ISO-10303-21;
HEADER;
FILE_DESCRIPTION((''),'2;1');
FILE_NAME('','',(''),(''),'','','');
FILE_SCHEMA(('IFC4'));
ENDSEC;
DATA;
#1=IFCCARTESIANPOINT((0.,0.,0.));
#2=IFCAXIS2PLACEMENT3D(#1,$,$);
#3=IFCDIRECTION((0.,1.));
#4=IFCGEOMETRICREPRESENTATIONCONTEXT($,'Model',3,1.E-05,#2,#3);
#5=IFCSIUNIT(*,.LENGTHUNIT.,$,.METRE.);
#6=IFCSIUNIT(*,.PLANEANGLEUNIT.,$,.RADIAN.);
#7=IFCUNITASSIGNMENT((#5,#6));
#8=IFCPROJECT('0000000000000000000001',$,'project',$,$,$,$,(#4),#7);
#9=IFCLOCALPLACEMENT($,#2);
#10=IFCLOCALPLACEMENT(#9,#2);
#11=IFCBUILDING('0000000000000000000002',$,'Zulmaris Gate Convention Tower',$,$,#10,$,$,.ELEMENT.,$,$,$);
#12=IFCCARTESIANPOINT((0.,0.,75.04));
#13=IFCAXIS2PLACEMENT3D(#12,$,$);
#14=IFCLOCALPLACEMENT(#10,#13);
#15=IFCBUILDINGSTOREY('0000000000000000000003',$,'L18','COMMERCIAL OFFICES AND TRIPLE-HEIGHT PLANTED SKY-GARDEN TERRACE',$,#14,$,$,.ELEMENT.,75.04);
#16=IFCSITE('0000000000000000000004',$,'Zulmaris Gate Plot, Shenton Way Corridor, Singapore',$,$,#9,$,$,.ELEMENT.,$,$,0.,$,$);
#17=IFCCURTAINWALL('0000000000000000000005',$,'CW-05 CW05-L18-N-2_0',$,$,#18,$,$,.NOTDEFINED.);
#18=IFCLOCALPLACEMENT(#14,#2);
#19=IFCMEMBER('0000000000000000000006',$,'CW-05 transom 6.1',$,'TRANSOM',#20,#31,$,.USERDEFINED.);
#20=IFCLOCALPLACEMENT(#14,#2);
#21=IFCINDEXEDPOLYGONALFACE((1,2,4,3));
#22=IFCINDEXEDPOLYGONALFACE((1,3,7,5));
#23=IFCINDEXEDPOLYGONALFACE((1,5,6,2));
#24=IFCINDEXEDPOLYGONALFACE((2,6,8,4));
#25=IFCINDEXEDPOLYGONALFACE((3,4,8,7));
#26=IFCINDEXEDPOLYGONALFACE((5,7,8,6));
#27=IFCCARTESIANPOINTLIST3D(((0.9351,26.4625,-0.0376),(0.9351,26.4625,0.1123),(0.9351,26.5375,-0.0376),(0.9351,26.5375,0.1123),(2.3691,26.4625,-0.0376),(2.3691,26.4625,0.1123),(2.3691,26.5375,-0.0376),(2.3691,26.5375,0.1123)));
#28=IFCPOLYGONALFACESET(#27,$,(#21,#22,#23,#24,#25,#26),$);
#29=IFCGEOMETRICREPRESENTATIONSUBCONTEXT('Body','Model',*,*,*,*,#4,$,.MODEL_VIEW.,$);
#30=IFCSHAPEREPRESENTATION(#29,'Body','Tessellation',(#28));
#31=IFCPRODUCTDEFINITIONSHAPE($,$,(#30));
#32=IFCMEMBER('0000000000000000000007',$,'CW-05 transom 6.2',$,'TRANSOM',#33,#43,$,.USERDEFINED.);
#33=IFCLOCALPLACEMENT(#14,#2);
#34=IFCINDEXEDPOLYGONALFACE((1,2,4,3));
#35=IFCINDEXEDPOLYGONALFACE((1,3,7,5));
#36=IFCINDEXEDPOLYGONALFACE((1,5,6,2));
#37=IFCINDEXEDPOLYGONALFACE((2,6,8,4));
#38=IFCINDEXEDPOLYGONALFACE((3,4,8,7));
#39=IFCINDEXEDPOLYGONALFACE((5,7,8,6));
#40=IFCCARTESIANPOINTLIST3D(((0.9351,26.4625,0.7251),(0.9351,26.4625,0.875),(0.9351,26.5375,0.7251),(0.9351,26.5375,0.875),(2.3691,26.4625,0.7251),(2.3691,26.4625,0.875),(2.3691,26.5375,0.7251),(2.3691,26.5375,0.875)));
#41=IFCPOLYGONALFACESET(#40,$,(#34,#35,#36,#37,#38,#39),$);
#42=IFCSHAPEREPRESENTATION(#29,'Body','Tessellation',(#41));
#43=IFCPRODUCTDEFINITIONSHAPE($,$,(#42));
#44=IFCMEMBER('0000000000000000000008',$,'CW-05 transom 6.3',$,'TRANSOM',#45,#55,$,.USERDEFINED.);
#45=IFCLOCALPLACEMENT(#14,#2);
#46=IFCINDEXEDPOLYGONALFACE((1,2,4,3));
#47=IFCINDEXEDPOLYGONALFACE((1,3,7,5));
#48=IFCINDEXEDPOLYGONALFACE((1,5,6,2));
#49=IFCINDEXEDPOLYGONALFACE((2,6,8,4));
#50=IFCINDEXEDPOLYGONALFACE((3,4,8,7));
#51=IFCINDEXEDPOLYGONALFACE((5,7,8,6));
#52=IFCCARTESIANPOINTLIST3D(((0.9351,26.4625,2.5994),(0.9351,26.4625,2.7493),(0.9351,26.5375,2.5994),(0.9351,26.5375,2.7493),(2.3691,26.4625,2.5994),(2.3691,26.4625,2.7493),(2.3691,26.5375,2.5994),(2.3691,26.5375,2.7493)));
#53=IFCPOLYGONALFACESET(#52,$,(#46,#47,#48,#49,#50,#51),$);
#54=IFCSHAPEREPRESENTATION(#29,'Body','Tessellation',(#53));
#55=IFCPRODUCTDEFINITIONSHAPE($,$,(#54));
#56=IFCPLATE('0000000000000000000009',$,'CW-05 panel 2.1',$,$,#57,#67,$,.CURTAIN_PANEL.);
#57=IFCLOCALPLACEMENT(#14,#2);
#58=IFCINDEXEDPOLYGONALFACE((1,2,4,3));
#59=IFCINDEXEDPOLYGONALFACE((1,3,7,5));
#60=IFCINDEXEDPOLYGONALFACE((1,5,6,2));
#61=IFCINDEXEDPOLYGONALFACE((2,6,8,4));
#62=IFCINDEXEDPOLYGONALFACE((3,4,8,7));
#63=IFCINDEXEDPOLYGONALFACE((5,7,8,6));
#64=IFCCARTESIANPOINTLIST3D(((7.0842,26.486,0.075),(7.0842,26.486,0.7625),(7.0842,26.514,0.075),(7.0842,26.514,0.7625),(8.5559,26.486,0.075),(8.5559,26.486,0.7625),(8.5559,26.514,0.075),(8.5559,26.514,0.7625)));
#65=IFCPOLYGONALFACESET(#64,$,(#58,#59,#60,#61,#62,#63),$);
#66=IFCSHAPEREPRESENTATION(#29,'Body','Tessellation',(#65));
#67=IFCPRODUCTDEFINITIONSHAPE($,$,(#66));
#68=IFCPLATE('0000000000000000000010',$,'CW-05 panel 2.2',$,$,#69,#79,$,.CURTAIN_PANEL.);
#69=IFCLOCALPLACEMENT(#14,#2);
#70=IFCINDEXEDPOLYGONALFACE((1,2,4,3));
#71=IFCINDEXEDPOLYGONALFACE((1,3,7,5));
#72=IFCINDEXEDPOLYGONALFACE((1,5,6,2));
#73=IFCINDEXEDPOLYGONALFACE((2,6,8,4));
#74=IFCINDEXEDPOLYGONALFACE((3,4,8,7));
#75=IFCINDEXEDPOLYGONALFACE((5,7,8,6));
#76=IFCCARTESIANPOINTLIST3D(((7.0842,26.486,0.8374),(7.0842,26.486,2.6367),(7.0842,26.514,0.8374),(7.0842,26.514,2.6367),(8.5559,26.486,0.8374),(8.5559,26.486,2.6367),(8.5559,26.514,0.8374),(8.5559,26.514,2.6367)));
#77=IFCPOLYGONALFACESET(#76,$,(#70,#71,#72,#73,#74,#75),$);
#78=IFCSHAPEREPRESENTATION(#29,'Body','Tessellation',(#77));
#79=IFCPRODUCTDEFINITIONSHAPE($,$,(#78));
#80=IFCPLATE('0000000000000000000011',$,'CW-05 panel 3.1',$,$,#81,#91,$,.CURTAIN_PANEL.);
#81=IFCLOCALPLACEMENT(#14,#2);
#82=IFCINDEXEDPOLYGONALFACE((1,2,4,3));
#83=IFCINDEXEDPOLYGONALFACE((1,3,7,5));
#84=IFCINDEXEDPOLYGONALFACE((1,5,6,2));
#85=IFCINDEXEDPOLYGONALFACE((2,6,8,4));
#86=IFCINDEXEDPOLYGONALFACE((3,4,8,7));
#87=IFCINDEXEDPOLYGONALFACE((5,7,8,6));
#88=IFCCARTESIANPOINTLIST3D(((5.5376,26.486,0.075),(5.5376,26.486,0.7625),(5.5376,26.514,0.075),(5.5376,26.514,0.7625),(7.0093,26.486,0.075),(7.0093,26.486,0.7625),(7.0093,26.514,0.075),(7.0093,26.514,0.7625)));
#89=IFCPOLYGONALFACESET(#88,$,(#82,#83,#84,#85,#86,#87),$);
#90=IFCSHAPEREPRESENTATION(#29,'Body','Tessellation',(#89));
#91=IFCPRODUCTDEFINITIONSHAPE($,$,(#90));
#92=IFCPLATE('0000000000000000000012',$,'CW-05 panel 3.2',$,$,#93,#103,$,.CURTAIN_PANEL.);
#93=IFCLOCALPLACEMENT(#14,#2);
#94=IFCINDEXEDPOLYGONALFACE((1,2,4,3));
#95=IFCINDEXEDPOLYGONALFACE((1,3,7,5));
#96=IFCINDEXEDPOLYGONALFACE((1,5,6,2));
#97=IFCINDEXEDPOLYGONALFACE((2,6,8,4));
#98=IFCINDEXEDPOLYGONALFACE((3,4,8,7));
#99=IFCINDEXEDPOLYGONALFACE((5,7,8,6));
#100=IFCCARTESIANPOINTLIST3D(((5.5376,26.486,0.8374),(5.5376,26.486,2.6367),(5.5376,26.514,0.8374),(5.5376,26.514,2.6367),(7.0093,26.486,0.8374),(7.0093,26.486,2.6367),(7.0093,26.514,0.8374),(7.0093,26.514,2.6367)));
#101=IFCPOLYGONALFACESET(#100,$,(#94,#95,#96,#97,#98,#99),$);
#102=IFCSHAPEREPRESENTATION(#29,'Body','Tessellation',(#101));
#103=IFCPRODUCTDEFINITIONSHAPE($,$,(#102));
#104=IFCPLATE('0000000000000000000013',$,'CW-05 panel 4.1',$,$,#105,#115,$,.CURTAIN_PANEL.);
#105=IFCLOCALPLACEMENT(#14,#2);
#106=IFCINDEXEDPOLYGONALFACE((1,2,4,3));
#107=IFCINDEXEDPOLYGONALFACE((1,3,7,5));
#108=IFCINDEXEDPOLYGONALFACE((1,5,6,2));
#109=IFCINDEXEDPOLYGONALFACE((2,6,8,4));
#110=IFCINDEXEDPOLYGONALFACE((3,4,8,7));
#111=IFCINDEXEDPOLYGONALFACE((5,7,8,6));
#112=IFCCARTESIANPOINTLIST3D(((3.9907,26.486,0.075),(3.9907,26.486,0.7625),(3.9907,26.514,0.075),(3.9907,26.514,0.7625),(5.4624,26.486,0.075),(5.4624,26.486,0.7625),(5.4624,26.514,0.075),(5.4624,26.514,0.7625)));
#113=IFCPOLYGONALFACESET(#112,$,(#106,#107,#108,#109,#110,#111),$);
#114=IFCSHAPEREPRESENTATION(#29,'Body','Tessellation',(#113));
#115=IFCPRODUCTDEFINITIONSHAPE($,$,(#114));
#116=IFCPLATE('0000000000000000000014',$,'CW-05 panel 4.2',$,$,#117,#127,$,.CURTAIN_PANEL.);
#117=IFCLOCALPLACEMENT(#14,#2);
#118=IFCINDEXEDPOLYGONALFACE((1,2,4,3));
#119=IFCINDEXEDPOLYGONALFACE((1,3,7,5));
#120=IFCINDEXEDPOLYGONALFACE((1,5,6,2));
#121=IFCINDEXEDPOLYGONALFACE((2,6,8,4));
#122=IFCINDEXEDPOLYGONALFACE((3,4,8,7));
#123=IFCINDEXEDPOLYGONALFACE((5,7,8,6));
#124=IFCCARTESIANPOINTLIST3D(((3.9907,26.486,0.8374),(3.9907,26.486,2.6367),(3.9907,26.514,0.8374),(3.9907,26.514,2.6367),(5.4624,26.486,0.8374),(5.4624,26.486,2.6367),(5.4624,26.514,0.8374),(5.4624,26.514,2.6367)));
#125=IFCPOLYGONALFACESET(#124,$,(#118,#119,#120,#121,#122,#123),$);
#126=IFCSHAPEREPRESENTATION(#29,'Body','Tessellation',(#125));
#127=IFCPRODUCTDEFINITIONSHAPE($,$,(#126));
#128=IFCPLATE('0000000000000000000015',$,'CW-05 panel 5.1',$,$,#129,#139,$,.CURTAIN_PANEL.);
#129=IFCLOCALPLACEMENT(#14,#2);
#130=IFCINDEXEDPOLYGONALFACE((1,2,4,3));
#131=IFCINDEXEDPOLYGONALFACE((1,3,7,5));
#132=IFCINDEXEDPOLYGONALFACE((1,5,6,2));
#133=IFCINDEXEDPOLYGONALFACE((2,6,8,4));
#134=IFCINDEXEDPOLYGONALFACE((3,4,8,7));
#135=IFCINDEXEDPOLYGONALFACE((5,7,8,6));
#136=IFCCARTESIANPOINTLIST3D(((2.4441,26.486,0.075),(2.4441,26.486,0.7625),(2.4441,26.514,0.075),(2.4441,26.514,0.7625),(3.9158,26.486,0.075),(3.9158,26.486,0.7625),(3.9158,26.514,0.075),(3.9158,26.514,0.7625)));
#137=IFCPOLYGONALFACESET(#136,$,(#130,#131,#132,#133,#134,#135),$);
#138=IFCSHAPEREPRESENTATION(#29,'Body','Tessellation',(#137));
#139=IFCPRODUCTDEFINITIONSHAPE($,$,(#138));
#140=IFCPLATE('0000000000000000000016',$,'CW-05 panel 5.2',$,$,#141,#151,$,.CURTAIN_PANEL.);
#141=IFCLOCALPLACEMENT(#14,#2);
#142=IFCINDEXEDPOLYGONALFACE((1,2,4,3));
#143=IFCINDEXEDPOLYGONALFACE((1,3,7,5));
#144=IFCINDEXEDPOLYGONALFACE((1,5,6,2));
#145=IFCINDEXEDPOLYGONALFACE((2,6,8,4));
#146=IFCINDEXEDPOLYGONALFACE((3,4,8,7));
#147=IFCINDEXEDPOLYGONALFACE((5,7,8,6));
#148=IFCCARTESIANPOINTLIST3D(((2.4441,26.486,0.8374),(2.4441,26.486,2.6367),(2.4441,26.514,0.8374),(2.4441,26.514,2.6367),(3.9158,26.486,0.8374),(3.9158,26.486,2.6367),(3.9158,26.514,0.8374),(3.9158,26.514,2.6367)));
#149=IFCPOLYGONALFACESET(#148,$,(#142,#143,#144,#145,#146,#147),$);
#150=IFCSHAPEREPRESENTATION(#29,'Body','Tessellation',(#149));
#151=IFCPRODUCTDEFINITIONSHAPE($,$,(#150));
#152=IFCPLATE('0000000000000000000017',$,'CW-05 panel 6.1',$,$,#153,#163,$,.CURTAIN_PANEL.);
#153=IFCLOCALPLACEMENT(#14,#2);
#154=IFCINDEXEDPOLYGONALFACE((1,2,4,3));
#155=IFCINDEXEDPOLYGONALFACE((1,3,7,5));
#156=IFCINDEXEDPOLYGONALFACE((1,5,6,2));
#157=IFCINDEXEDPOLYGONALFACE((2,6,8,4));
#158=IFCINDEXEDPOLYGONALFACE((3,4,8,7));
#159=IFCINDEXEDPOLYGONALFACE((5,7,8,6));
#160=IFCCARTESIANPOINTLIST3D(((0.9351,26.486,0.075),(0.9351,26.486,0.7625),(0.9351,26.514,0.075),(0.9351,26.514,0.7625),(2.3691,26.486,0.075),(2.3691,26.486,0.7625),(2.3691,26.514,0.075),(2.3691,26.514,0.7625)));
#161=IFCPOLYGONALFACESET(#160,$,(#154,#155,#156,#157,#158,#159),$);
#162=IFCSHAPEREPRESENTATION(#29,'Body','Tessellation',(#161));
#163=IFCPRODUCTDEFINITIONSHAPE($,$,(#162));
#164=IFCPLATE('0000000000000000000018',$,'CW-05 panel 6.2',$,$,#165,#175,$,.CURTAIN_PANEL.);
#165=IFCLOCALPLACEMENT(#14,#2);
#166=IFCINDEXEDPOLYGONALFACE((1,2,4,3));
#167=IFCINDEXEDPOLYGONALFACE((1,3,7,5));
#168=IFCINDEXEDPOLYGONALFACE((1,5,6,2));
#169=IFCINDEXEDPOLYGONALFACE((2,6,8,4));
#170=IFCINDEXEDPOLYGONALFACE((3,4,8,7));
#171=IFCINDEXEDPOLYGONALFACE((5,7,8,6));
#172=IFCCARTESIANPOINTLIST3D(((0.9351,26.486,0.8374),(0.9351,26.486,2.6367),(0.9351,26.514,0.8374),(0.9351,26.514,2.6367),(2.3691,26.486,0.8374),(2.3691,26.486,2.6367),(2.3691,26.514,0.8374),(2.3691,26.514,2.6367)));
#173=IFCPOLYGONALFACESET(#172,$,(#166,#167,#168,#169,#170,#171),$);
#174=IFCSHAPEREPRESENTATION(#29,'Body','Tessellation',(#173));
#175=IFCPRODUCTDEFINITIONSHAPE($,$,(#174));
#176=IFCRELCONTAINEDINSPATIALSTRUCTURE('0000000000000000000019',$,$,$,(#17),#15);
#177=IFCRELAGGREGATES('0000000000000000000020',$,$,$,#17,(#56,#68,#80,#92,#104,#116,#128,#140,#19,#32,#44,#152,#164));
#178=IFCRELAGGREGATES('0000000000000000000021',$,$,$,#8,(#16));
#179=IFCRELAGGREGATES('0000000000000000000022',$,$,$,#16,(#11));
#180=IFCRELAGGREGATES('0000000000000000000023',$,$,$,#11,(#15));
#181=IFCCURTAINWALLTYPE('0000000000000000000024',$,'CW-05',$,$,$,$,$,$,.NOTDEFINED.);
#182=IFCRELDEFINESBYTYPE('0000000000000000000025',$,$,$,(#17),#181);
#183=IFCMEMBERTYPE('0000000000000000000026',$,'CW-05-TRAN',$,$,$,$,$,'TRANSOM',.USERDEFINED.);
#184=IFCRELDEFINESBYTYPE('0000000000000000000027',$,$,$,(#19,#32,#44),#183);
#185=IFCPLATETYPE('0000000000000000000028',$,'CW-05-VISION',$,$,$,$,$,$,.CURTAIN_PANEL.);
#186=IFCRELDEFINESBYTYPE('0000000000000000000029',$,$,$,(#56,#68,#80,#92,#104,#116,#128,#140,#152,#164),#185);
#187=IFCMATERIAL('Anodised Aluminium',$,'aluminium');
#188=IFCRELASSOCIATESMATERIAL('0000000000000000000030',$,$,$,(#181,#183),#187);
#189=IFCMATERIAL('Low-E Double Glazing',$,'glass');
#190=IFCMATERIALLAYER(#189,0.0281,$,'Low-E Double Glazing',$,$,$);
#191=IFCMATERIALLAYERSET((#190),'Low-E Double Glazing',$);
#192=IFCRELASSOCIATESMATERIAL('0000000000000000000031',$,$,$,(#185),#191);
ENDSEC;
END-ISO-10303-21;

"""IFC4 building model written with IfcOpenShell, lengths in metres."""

from ifc_helpers import new_model, si_unit, direction, frame, origin, origin_2d, place, context, subcontext, project, spatial, rectangle, extrude, material, layer, layer_set, material_profile, profile_set, type_object, element, aggregate, save


model = new_model("IFC4")

# Units and contexts
model_context = context("Model", 3, precision=1e-05, world=origin(), true_north=direction((0.0, 1.0)))
body_context = subcontext(model_context, "Body", "Model", "MODEL_VIEW")
ifc_project = project(units=[si_unit("LENGTHUNIT", "METRE"), si_unit("PLANEANGLEUNIT", "RADIAN")], contexts=[model_context])

# Site, building, storey
site_placement = place(None, origin())
site = spatial("IfcSite", under=ifc_project, at=site_placement, Name="Zulmaris Gate Plot, Shenton Way Corridor, Singapore", CompositionType="ELEMENT", RefElevation=0.0)
building_placement = place(site_placement, origin())
building = spatial("IfcBuilding", under=site, at=building_placement, Name="Zulmaris Gate Convention Tower", CompositionType="ELEMENT")
storey_placement = place(building_placement, frame((0.0, 0.0, 75.04)))
storey = spatial("IfcBuildingStorey", under=building, at=storey_placement, Name="L18", Description="COMMERCIAL OFFICES AND TRIPLE-HEIGHT PLANTED SKY-GARDEN TERRACE", CompositionType="ELEMENT", Elevation=75.04)

# Curtain wall, members, plates
ifc_material_1 = material(Name="Anodised Aluminium", Category="aluminium")
curtain_wall_type = type_object("IfcCurtainWallType", Name="CW-05", PredefinedType="NOTDEFINED", material=ifc_material_1)
curtain_wall_placement = place(storey_placement, origin())
curtain_wall = element("IfcCurtainWall", 1, at=curtain_wall_placement, inside=storey, type_object=curtain_wall_type, Name="CW-05 CW05-L18-N-2_0", PredefinedType="NOTDEFINED")
ifc_material_profile_1 = material_profile(ifc_material_1, rectangle(XDim=0.075, YDim=0.1499, at=origin_2d()), Name="ALU TRANSOM 75x150")
ifc_profile_set_1 = profile_set([ifc_material_profile_1], Name="Anodised Aluminium")
member_type_1 = type_object("IfcMemberType", Name="CW-05-TRAN", ElementType="TRANSOM", PredefinedType="USERDEFINED", material=ifc_profile_set_1)
member_1_placement = place(storey_placement, frame((2.3691, 26.5, 0.0374), z_axis=(-1.0, 0.0, 0.0), x_axis=(0.0, -1.0, 0.0)))
member_1 = element("IfcMember", 2, at=member_1_placement, type_object=member_type_1, Name="CW-05 transom 6.1", ObjectType="TRANSOM", PredefinedType="USERDEFINED", context=body_context, shape_type="SweptSolid", body=[
    extrude(rectangle(XDim=0.075, YDim=0.1499, at=origin_2d()), origin(), (0.0, 0.0, 1.0), 1.4341),
])
member_2_placement = place(storey_placement, frame((2.3691, 26.5, 0.8), z_axis=(-1.0, 0.0, 0.0), x_axis=(0.0, -1.0, 0.0)))
member_2 = element("IfcMember", 3, at=member_2_placement, type_object=member_type_1, Name="CW-05 transom 6.2", ObjectType="TRANSOM", PredefinedType="USERDEFINED", context=body_context, shape_type="SweptSolid", body=[
    extrude(rectangle(XDim=0.075, YDim=0.1499, at=origin_2d()), origin(), (0.0, 0.0, 1.0), 1.4341),
])
member_3_placement = place(storey_placement, frame((2.3691, 26.5, 2.6743), z_axis=(-1.0, 0.0, 0.0), x_axis=(0.0, -1.0, 0.0)))
member_3 = element("IfcMember", 4, at=member_3_placement, type_object=member_type_1, Name="CW-05 transom 6.3", ObjectType="TRANSOM", PredefinedType="USERDEFINED", context=body_context, shape_type="SweptSolid", body=[
    extrude(rectangle(XDim=0.075, YDim=0.1499, at=origin_2d()), origin(), (0.0, 0.0, 1.0), 1.4341),
])
ifc_material_2 = material(Name="Low-E Double Glazing", Category="glass")
ifc_layer = layer(ifc_material_2, 0.0281, Name="Low-E Double Glazing")
ifc_layer_set = layer_set([ifc_layer], Name="Low-E Double Glazing")
plate_type = type_object("IfcPlateType", Name="CW-05-VISION", PredefinedType="CURTAIN_PANEL", material=ifc_layer_set)
plate_1_placement = place(storey_placement, frame((7.8201, 26.5, 0.075), z_axis=(0.0, 0.0, 1.0), x_axis=(-1.0, 0.0, 0.0)))
plate_1 = element("IfcPlate", 5, at=plate_1_placement, type_object=plate_type, Name="CW-05 panel 2.1", PredefinedType="CURTAIN_PANEL", context=body_context, shape_type="SweptSolid", body=[
    extrude(rectangle(XDim=1.4717, YDim=0.0281, at=origin_2d()), origin(), (0.0, 0.0, 1.0), 0.6875),
])
plate_2_placement = place(storey_placement, frame((7.8201, 26.5, 0.8374), z_axis=(0.0, 0.0, 1.0), x_axis=(-1.0, 0.0, 0.0)))
plate_2 = element("IfcPlate", 6, at=plate_2_placement, type_object=plate_type, Name="CW-05 panel 2.2", PredefinedType="CURTAIN_PANEL", context=body_context, shape_type="SweptSolid", body=[
    extrude(rectangle(XDim=1.4717, YDim=0.0281, at=origin_2d()), origin(), (0.0, 0.0, 1.0), 1.7993),
])
plate_3_placement = place(storey_placement, frame((6.2734, 26.5, 0.075), z_axis=(0.0, 0.0, 1.0), x_axis=(-1.0, 0.0, 0.0)))
plate_3 = element("IfcPlate", 7, at=plate_3_placement, type_object=plate_type, Name="CW-05 panel 3.1", PredefinedType="CURTAIN_PANEL", context=body_context, shape_type="SweptSolid", body=[
    extrude(rectangle(XDim=1.4717, YDim=0.0281, at=origin_2d()), origin(), (0.0, 0.0, 1.0), 0.6875),
])
plate_4_placement = place(storey_placement, frame((6.2734, 26.5, 0.8374), z_axis=(0.0, 0.0, 1.0), x_axis=(-1.0, 0.0, 0.0)))
plate_4 = element("IfcPlate", 8, at=plate_4_placement, type_object=plate_type, Name="CW-05 panel 3.2", PredefinedType="CURTAIN_PANEL", context=body_context, shape_type="SweptSolid", body=[
    extrude(rectangle(XDim=1.4717, YDim=0.0281, at=origin_2d()), origin(), (0.0, 0.0, 1.0), 1.7993),
])
plate_5_placement = place(storey_placement, frame((4.7266, 26.5, 0.075), z_axis=(0.0, 0.0, 1.0), x_axis=(-1.0, 0.0, 0.0)))
plate_5 = element("IfcPlate", 9, at=plate_5_placement, type_object=plate_type, Name="CW-05 panel 4.1", PredefinedType="CURTAIN_PANEL", context=body_context, shape_type="SweptSolid", body=[
    extrude(rectangle(XDim=1.4717, YDim=0.0281, at=origin_2d()), origin(), (0.0, 0.0, 1.0), 0.6875),
])
plate_6_placement = place(storey_placement, frame((4.7266, 26.5, 0.8374), z_axis=(0.0, 0.0, 1.0), x_axis=(-1.0, 0.0, 0.0)))
plate_6 = element("IfcPlate", 10, at=plate_6_placement, type_object=plate_type, Name="CW-05 panel 4.2", PredefinedType="CURTAIN_PANEL", context=body_context, shape_type="SweptSolid", body=[
    extrude(rectangle(XDim=1.4717, YDim=0.0281, at=origin_2d()), origin(), (0.0, 0.0, 1.0), 1.7993),
])
plate_7_placement = place(storey_placement, frame((3.1799, 26.5, 0.075), z_axis=(0.0, 0.0, 1.0), x_axis=(-1.0, 0.0, 0.0)))
plate_7 = element("IfcPlate", 11, at=plate_7_placement, type_object=plate_type, Name="CW-05 panel 5.1", PredefinedType="CURTAIN_PANEL", context=body_context, shape_type="SweptSolid", body=[
    extrude(rectangle(XDim=1.4717, YDim=0.0281, at=origin_2d()), origin(), (0.0, 0.0, 1.0), 0.6875),
])
plate_8_placement = place(storey_placement, frame((3.1799, 26.5, 0.8374), z_axis=(0.0, 0.0, 1.0), x_axis=(-1.0, 0.0, 0.0)))
plate_8 = element("IfcPlate", 12, at=plate_8_placement, type_object=plate_type, Name="CW-05 panel 5.2", PredefinedType="CURTAIN_PANEL", context=body_context, shape_type="SweptSolid", body=[
    extrude(rectangle(XDim=1.4717, YDim=0.0281, at=origin_2d()), origin(), (0.0, 0.0, 1.0), 1.7993),
])
plate_9_placement = place(storey_placement, frame((1.6521, 26.5, 0.075), z_axis=(0.0, 0.0, 1.0), x_axis=(-1.0, 0.0, 0.0)))
plate_9 = element("IfcPlate", 13, at=plate_9_placement, type_object=plate_type, Name="CW-05 panel 6.1", PredefinedType="CURTAIN_PANEL", context=body_context, shape_type="SweptSolid", body=[
    extrude(rectangle(XDim=1.4341, YDim=0.0281, at=origin_2d()), origin(), (0.0, 0.0, 1.0), 0.6875),
])
plate_10_placement = place(storey_placement, frame((1.6521, 26.5, 0.8374), z_axis=(0.0, 0.0, 1.0), x_axis=(-1.0, 0.0, 0.0)))
plate_10 = element("IfcPlate", 14, at=plate_10_placement, type_object=plate_type, Name="CW-05 panel 6.2", PredefinedType="CURTAIN_PANEL", context=body_context, shape_type="SweptSolid", body=[
    extrude(rectangle(XDim=1.4341, YDim=0.0281, at=origin_2d()), origin(), (0.0, 0.0, 1.0), 1.7993),
])
aggregate(curtain_wall, [plate_1, plate_2, plate_3, plate_4, plate_5, plate_6, plate_7, plate_8, member_1, member_2, member_3, plate_9, plate_10])

save(model, "model.ifc")
